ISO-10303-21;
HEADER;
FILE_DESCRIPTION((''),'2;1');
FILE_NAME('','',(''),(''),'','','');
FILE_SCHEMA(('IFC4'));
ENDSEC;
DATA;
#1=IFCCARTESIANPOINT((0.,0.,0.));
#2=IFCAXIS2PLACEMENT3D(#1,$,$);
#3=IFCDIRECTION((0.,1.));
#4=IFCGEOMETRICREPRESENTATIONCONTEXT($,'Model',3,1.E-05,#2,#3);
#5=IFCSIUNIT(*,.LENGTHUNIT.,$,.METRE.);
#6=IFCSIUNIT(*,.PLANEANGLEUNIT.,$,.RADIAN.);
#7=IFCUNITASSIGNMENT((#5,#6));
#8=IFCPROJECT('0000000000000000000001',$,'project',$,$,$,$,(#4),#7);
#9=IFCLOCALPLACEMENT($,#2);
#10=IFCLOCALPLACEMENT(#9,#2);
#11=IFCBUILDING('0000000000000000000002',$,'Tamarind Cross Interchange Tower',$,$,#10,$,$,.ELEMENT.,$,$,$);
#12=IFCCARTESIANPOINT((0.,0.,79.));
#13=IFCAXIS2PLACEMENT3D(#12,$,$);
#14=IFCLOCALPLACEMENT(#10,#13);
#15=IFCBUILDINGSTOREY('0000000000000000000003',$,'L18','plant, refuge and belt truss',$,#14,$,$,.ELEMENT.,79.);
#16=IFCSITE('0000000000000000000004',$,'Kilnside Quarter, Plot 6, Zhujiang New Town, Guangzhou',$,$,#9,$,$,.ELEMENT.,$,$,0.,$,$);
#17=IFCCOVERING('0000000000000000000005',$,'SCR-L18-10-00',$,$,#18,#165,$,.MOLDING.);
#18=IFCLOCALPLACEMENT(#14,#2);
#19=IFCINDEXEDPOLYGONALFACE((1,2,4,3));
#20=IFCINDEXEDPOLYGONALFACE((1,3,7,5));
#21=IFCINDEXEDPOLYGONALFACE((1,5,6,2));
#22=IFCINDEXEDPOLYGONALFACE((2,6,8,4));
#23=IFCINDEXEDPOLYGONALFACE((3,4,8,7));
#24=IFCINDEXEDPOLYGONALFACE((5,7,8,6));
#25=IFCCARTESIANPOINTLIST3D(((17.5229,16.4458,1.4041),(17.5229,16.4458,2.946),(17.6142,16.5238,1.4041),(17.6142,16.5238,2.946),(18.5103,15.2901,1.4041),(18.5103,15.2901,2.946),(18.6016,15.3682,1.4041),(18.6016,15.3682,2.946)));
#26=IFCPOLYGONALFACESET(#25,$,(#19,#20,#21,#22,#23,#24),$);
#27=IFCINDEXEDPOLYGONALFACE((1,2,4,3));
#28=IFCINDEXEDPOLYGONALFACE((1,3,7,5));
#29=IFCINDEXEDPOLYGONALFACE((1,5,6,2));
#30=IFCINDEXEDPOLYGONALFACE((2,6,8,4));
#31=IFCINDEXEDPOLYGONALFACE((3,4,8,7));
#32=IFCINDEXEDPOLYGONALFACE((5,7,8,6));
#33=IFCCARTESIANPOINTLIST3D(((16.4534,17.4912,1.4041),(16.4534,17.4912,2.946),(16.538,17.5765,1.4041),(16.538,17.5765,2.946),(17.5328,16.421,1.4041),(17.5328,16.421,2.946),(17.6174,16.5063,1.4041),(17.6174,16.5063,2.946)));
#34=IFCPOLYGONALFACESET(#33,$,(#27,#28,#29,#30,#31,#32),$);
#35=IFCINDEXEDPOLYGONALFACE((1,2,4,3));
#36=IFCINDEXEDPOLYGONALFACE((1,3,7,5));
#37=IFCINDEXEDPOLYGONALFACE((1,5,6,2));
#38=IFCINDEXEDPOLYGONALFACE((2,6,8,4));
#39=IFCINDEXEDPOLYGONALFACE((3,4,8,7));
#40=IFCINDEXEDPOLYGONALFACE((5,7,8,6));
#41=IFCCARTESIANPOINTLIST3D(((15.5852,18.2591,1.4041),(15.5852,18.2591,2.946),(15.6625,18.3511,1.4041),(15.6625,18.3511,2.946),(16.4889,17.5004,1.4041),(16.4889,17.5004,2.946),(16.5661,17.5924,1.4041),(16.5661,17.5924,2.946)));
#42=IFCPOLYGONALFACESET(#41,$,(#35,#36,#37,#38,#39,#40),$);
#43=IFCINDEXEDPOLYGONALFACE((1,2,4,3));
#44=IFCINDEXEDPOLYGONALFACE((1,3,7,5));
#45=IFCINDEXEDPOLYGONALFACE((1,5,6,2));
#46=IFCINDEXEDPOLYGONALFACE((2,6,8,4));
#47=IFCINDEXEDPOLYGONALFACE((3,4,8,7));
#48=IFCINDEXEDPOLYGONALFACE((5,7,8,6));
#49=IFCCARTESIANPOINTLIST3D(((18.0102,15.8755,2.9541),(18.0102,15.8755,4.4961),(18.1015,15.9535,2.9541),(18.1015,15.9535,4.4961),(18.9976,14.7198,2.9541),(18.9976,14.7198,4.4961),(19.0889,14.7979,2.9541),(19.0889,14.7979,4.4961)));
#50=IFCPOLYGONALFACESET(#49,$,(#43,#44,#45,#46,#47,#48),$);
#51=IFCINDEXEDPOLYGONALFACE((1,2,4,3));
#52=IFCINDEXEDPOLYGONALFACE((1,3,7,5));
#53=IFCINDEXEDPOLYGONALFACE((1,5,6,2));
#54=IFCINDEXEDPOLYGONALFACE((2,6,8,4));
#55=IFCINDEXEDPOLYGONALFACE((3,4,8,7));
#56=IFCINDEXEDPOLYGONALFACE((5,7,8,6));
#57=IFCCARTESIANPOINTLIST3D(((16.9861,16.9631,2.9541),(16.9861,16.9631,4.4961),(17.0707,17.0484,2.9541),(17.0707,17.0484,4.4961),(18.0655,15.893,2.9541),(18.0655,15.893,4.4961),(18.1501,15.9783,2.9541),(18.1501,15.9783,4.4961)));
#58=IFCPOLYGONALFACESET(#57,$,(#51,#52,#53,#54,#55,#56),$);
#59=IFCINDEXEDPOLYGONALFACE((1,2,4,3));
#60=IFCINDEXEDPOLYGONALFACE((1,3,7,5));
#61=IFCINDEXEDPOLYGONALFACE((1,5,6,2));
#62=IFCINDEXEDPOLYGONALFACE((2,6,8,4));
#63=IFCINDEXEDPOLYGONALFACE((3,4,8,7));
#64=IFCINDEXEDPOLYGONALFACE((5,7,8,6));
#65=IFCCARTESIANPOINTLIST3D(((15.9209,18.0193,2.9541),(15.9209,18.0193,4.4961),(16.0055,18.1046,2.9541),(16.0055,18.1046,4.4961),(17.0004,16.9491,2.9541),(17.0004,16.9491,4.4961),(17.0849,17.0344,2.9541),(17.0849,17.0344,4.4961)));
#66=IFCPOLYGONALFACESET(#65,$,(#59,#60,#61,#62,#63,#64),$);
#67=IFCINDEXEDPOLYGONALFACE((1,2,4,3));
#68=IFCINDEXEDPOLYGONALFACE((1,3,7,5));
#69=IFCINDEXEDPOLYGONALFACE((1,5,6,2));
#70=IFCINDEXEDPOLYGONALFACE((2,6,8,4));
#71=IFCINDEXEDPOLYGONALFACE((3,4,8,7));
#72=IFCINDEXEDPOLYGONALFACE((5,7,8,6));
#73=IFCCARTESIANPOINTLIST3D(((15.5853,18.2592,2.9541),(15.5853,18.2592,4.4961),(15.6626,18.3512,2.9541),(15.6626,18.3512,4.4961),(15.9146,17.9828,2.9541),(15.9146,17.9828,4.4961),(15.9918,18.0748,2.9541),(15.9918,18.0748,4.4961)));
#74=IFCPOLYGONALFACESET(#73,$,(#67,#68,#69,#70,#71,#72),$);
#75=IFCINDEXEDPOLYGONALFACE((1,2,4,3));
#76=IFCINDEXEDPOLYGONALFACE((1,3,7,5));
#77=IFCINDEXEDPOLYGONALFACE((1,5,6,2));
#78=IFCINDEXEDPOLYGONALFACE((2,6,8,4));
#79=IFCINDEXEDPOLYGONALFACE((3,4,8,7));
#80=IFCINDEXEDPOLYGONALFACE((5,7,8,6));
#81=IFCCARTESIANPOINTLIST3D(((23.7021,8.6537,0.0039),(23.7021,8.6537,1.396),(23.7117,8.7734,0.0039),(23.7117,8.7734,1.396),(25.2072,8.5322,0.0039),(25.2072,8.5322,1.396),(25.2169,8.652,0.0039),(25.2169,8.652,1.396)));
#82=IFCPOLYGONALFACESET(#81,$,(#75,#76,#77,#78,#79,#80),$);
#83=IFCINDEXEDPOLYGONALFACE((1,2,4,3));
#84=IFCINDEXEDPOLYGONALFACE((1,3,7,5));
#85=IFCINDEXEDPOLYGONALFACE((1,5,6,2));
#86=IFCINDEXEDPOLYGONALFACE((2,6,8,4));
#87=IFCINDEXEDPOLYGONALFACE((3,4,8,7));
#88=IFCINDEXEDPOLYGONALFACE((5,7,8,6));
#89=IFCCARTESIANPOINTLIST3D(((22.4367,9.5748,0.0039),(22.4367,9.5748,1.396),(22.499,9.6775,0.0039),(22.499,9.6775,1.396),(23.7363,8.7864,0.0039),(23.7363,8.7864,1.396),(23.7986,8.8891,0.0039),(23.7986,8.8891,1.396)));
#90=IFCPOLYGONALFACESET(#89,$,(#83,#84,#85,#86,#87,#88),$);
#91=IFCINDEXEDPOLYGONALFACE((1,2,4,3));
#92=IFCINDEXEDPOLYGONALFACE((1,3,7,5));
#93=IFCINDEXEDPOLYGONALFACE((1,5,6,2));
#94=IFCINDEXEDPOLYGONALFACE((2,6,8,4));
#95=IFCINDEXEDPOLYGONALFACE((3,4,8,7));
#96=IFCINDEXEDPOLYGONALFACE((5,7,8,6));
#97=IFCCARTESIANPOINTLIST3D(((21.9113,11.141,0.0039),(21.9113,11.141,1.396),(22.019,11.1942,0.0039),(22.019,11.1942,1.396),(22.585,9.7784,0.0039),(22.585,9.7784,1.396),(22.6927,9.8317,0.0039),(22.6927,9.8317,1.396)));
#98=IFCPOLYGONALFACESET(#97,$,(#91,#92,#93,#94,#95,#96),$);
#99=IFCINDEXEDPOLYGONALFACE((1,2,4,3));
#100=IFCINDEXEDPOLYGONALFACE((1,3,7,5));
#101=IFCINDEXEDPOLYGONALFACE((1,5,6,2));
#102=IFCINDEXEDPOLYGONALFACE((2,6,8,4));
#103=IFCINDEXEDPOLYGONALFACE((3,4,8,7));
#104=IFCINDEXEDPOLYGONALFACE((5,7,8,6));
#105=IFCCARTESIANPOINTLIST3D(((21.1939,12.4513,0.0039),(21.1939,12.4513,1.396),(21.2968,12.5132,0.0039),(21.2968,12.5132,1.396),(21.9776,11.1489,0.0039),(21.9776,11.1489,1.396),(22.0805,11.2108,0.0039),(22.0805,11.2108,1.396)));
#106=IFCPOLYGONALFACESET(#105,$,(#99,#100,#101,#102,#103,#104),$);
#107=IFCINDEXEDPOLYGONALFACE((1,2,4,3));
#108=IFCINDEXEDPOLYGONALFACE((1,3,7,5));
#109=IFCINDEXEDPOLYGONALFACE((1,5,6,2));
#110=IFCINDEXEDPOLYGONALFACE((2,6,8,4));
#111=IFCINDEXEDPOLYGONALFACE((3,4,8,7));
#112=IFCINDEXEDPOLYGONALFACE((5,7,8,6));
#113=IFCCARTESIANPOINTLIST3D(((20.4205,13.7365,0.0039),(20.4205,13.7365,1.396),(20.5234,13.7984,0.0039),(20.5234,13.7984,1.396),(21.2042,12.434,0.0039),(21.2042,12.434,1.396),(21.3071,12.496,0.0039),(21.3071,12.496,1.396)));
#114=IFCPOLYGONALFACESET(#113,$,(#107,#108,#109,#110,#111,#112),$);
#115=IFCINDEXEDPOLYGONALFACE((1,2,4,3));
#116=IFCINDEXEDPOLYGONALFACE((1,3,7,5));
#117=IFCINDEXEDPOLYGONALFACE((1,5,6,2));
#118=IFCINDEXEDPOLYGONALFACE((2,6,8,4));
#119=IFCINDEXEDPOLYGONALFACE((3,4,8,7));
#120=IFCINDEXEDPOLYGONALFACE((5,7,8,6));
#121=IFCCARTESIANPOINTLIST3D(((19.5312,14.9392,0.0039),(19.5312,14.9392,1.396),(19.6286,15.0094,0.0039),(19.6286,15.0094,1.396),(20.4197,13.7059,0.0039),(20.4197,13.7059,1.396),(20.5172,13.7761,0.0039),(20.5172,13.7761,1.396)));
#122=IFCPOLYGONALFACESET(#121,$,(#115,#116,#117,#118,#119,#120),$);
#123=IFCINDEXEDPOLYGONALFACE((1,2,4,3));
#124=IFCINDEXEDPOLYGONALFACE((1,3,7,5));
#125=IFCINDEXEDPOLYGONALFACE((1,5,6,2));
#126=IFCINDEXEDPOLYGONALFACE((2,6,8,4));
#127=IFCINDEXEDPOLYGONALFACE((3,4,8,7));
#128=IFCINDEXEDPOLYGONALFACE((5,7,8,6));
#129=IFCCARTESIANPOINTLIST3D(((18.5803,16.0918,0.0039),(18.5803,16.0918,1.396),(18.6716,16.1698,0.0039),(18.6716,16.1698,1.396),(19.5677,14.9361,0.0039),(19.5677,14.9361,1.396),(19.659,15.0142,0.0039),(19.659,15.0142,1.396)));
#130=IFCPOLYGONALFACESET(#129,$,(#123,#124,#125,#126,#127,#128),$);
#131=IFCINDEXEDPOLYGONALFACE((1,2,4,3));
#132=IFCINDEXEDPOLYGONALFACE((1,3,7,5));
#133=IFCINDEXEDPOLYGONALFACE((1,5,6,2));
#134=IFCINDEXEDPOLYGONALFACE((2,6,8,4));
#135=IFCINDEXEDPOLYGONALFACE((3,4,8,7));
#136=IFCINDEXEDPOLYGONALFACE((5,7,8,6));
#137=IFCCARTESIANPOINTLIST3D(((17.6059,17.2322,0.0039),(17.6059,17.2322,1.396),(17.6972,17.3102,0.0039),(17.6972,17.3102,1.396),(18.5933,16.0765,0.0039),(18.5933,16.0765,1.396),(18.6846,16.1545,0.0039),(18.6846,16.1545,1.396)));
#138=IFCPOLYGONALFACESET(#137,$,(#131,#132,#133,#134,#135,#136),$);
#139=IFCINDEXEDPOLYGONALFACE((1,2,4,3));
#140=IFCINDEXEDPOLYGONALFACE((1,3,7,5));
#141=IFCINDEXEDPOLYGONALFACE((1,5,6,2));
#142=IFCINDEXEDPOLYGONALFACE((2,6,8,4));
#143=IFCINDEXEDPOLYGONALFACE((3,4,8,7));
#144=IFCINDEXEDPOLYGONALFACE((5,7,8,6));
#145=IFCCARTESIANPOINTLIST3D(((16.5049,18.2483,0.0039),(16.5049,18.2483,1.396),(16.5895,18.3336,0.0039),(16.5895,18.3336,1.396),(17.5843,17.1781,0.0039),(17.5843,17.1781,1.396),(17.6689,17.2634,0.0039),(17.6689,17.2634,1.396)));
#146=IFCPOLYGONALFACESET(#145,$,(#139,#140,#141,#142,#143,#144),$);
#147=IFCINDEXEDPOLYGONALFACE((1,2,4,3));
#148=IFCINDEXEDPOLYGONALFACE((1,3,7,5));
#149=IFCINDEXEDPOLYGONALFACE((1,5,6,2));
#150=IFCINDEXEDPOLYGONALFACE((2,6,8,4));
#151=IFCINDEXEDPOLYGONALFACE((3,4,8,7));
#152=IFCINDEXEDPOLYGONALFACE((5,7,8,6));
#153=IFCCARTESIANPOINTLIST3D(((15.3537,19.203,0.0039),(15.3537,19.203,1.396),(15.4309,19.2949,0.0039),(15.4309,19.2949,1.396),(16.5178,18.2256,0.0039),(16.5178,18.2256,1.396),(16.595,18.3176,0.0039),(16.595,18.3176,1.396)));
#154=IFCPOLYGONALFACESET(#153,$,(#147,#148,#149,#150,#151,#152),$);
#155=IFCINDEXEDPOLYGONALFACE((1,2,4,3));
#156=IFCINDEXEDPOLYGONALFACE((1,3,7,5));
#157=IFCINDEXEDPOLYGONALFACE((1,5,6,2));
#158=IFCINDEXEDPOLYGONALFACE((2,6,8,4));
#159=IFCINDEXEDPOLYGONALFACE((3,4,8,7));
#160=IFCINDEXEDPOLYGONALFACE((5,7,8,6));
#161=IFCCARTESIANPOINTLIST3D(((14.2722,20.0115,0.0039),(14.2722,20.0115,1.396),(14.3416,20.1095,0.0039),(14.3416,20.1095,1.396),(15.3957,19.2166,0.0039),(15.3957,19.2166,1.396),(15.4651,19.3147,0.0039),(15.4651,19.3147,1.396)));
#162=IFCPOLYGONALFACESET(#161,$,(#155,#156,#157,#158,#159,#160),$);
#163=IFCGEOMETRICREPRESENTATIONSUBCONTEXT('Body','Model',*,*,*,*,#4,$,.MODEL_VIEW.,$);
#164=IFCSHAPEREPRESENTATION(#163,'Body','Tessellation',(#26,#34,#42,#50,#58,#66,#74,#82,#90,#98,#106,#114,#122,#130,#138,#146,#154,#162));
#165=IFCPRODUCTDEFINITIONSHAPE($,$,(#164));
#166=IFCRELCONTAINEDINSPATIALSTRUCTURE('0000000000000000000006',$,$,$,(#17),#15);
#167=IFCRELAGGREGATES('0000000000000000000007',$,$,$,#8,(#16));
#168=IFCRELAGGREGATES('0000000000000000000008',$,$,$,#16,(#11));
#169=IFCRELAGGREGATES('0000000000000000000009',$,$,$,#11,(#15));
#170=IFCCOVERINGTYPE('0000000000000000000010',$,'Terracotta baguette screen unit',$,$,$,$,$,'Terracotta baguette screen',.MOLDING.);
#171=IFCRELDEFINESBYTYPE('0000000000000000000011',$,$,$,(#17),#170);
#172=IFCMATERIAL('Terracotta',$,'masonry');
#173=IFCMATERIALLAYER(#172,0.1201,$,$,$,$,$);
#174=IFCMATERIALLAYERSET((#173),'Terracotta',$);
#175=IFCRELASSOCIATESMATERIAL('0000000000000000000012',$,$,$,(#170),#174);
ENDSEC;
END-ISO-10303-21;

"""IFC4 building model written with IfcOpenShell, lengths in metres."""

from ifc_helpers import new_model, si_unit, direction, frame, origin, origin_2d, place, context, subcontext, project, spatial, rectangle, extrude, material, layer, layer_set, type_object, element, save


model = new_model("IFC4")

# Units and contexts
model_context = context("Model", 3, precision=1e-05, world=origin(), true_north=direction((0.0, 1.0)))
body_context = subcontext(model_context, "Body", "Model", "MODEL_VIEW")
ifc_project = project(units=[si_unit("LENGTHUNIT", "METRE"), si_unit("PLANEANGLEUNIT", "RADIAN")], contexts=[model_context])

# Site, building, storey
site_placement = place(None, origin())
site = spatial("IfcSite", under=ifc_project, at=site_placement, Name="Kilnside Quarter, Plot 6, Zhujiang New Town, Guangzhou", CompositionType="ELEMENT", RefElevation=0.0)
building_placement = place(site_placement, origin())
building = spatial("IfcBuilding", under=site, at=building_placement, Name="Tamarind Cross Interchange Tower", CompositionType="ELEMENT")
storey_placement = place(building_placement, frame((0.0, 0.0, 79.0)))
storey = spatial("IfcBuildingStorey", under=building, at=storey_placement, Name="L18", Description="plant, refuge and belt truss", CompositionType="ELEMENT", Elevation=79.0)

# Covering
ifc_material_1 = material(Name="Terracotta", Category="masonry")
ifc_layer_1 = layer(ifc_material_1, 0.1201)
ifc_layer_set_1 = layer_set([ifc_layer_1], Name="Terracotta")
covering_type = type_object("IfcCoveringType", Name="Terracotta baguette screen unit", ElementType="Terracotta baguette screen", PredefinedType="MOLDING", material=ifc_layer_set_1)
covering_1_placement = place(storey_placement, origin())
element("IfcCovering", 1, at=covering_1_placement, inside=storey, type_object=covering_type, Name="SCR-L18-10-00", PredefinedType="MOLDING", context=body_context, shape_type="SweptSolid", body=[
    extrude(rectangle(XDim=1.52, YDim=0.1201, at=origin_2d()), frame((18.0623, 15.907, 1.4041), z_axis=(0.0, 0.0, 1.0), x_axis=(-0.649577, 0.760296, 0.0)), (0.0, 0.0, 1.0), 1.542),
    extrude(rectangle(XDim=1.52, YDim=0.1201, at=origin_2d()), frame((17.0354, 16.9988, 1.4041), z_axis=(0.0, 0.0, 1.0), x_axis=(-0.710143, 0.704057, 0.0)), (0.0, 0.0, 1.0), 1.542),
    extrude(rectangle(XDim=1.1799, YDim=0.1201, at=origin_2d()), frame((16.0757, 17.9258, 1.4041), z_axis=(0.0, 0.0, 1.0), x_axis=(-0.765858, 0.643009, 0.0)), (0.0, 0.0, 1.0), 1.542),
    extrude(rectangle(XDim=1.52, YDim=0.1201, at=origin_2d()), frame((18.5496, 15.3367, 2.9541), z_axis=(0.0, 0.0, 1.0), x_axis=(-0.649577, 0.760296, 0.0)), (0.0, 0.0, 1.0), 1.542),
    extrude(rectangle(XDim=1.52, YDim=0.1201, at=origin_2d()), frame((17.5681, 16.4707, 2.9541), z_axis=(0.0, 0.0, 1.0), x_axis=(-0.710143, 0.704057, 0.0)), (0.0, 0.0, 1.0), 1.542),
    extrude(rectangle(XDim=1.52, YDim=0.1201, at=origin_2d()), frame((16.5029, 17.5269, 2.9541), z_axis=(0.0, 0.0, 1.0), x_axis=(-0.710143, 0.704057, 0.0)), (0.0, 0.0, 1.0), 1.542),
    extrude(rectangle(XDim=0.4299, YDim=0.1201, at=origin_2d()), frame((15.7886, 18.167, 2.9541), z_axis=(0.0, 0.0, 1.0), x_axis=(-0.765858, 0.643009, 0.0)), (0.0, 0.0, 1.0), 1.542),
    extrude(rectangle(XDim=1.51, YDim=0.1201, at=origin_2d()), frame((24.4595, 8.6528, 0.0039), z_axis=(0.0, 0.0, 1.0), x_axis=(-0.996761, 0.080423, 0.0)), (0.0, 0.0, 1.0), 1.3921),
    extrude(rectangle(XDim=1.52, YDim=0.1201, at=origin_2d()), frame((23.1177, 9.2319, 0.0039), z_axis=(0.0, 0.0, 1.0), x_axis=(-0.854987, 0.518649, 0.0)), (0.0, 0.0, 1.0), 1.3921),
    extrude(rectangle(XDim=1.52, YDim=0.1201, at=origin_2d()), frame((22.302, 10.4863, 0.0039), z_axis=(0.0, 0.0, 1.0), x_axis=(-0.443199, 0.896423, 0.0)), (0.0, 0.0, 1.0), 1.3921),
    extrude(rectangle(XDim=1.52, YDim=0.1201, at=origin_2d()), frame((21.6372, 11.8311, 0.0039), z_axis=(0.0, 0.0, 1.0), x_axis=(-0.515577, 0.856843, 0.0)), (0.0, 0.0, 1.0), 1.3921),
    extrude(rectangle(XDim=1.52, YDim=0.1201, at=origin_2d()), frame((20.8638, 13.1162, 0.0039), z_axis=(0.0, 0.0, 1.0), x_axis=(-0.515577, 0.856843, 0.0)), (0.0, 0.0, 1.0), 1.3921),
    extrude(rectangle(XDim=1.52, YDim=0.1201, at=origin_2d()), frame((20.0242, 14.3577, 0.0039), z_axis=(0.0, 0.0, 1.0), x_axis=(-0.584574, 0.81134, 0.0)), (0.0, 0.0, 1.0), 1.3921),
    extrude(rectangle(XDim=1.52, YDim=0.1201, at=origin_2d()), frame((19.1196, 15.553, 0.0039), z_axis=(0.0, 0.0, 1.0), x_axis=(-0.649577, 0.760296, 0.0)), (0.0, 0.0, 1.0), 1.3921),
    extrude(rectangle(XDim=1.52, YDim=0.1201, at=origin_2d()), frame((18.1453, 16.6934, 0.0039), z_axis=(0.0, 0.0, 1.0), x_axis=(-0.649577, 0.760296, 0.0)), (0.0, 0.0, 1.0), 1.3921),
    extrude(rectangle(XDim=1.52, YDim=0.1201, at=origin_2d()), frame((17.0869, 17.7559, 0.0039), z_axis=(0.0, 0.0, 1.0), x_axis=(-0.710143, 0.704057, 0.0)), (0.0, 0.0, 1.0), 1.3921),
    extrude(rectangle(XDim=1.52, YDim=0.1201, at=origin_2d()), frame((15.9744, 18.7603, 0.0039), z_axis=(0.0, 0.0, 1.0), x_axis=(-0.765858, 0.643009, 0.0)), (0.0, 0.0, 1.0), 1.3921),
    extrude(rectangle(XDim=1.3762, YDim=0.1201, at=origin_2d()), frame((14.8687, 19.6631, 0.0039), z_axis=(0.0, 0.0, 1.0), x_axis=(-0.816342, 0.577569, 0.0)), (0.0, 0.0, 1.0), 1.3921),
])

save(model, "model.ifc")
